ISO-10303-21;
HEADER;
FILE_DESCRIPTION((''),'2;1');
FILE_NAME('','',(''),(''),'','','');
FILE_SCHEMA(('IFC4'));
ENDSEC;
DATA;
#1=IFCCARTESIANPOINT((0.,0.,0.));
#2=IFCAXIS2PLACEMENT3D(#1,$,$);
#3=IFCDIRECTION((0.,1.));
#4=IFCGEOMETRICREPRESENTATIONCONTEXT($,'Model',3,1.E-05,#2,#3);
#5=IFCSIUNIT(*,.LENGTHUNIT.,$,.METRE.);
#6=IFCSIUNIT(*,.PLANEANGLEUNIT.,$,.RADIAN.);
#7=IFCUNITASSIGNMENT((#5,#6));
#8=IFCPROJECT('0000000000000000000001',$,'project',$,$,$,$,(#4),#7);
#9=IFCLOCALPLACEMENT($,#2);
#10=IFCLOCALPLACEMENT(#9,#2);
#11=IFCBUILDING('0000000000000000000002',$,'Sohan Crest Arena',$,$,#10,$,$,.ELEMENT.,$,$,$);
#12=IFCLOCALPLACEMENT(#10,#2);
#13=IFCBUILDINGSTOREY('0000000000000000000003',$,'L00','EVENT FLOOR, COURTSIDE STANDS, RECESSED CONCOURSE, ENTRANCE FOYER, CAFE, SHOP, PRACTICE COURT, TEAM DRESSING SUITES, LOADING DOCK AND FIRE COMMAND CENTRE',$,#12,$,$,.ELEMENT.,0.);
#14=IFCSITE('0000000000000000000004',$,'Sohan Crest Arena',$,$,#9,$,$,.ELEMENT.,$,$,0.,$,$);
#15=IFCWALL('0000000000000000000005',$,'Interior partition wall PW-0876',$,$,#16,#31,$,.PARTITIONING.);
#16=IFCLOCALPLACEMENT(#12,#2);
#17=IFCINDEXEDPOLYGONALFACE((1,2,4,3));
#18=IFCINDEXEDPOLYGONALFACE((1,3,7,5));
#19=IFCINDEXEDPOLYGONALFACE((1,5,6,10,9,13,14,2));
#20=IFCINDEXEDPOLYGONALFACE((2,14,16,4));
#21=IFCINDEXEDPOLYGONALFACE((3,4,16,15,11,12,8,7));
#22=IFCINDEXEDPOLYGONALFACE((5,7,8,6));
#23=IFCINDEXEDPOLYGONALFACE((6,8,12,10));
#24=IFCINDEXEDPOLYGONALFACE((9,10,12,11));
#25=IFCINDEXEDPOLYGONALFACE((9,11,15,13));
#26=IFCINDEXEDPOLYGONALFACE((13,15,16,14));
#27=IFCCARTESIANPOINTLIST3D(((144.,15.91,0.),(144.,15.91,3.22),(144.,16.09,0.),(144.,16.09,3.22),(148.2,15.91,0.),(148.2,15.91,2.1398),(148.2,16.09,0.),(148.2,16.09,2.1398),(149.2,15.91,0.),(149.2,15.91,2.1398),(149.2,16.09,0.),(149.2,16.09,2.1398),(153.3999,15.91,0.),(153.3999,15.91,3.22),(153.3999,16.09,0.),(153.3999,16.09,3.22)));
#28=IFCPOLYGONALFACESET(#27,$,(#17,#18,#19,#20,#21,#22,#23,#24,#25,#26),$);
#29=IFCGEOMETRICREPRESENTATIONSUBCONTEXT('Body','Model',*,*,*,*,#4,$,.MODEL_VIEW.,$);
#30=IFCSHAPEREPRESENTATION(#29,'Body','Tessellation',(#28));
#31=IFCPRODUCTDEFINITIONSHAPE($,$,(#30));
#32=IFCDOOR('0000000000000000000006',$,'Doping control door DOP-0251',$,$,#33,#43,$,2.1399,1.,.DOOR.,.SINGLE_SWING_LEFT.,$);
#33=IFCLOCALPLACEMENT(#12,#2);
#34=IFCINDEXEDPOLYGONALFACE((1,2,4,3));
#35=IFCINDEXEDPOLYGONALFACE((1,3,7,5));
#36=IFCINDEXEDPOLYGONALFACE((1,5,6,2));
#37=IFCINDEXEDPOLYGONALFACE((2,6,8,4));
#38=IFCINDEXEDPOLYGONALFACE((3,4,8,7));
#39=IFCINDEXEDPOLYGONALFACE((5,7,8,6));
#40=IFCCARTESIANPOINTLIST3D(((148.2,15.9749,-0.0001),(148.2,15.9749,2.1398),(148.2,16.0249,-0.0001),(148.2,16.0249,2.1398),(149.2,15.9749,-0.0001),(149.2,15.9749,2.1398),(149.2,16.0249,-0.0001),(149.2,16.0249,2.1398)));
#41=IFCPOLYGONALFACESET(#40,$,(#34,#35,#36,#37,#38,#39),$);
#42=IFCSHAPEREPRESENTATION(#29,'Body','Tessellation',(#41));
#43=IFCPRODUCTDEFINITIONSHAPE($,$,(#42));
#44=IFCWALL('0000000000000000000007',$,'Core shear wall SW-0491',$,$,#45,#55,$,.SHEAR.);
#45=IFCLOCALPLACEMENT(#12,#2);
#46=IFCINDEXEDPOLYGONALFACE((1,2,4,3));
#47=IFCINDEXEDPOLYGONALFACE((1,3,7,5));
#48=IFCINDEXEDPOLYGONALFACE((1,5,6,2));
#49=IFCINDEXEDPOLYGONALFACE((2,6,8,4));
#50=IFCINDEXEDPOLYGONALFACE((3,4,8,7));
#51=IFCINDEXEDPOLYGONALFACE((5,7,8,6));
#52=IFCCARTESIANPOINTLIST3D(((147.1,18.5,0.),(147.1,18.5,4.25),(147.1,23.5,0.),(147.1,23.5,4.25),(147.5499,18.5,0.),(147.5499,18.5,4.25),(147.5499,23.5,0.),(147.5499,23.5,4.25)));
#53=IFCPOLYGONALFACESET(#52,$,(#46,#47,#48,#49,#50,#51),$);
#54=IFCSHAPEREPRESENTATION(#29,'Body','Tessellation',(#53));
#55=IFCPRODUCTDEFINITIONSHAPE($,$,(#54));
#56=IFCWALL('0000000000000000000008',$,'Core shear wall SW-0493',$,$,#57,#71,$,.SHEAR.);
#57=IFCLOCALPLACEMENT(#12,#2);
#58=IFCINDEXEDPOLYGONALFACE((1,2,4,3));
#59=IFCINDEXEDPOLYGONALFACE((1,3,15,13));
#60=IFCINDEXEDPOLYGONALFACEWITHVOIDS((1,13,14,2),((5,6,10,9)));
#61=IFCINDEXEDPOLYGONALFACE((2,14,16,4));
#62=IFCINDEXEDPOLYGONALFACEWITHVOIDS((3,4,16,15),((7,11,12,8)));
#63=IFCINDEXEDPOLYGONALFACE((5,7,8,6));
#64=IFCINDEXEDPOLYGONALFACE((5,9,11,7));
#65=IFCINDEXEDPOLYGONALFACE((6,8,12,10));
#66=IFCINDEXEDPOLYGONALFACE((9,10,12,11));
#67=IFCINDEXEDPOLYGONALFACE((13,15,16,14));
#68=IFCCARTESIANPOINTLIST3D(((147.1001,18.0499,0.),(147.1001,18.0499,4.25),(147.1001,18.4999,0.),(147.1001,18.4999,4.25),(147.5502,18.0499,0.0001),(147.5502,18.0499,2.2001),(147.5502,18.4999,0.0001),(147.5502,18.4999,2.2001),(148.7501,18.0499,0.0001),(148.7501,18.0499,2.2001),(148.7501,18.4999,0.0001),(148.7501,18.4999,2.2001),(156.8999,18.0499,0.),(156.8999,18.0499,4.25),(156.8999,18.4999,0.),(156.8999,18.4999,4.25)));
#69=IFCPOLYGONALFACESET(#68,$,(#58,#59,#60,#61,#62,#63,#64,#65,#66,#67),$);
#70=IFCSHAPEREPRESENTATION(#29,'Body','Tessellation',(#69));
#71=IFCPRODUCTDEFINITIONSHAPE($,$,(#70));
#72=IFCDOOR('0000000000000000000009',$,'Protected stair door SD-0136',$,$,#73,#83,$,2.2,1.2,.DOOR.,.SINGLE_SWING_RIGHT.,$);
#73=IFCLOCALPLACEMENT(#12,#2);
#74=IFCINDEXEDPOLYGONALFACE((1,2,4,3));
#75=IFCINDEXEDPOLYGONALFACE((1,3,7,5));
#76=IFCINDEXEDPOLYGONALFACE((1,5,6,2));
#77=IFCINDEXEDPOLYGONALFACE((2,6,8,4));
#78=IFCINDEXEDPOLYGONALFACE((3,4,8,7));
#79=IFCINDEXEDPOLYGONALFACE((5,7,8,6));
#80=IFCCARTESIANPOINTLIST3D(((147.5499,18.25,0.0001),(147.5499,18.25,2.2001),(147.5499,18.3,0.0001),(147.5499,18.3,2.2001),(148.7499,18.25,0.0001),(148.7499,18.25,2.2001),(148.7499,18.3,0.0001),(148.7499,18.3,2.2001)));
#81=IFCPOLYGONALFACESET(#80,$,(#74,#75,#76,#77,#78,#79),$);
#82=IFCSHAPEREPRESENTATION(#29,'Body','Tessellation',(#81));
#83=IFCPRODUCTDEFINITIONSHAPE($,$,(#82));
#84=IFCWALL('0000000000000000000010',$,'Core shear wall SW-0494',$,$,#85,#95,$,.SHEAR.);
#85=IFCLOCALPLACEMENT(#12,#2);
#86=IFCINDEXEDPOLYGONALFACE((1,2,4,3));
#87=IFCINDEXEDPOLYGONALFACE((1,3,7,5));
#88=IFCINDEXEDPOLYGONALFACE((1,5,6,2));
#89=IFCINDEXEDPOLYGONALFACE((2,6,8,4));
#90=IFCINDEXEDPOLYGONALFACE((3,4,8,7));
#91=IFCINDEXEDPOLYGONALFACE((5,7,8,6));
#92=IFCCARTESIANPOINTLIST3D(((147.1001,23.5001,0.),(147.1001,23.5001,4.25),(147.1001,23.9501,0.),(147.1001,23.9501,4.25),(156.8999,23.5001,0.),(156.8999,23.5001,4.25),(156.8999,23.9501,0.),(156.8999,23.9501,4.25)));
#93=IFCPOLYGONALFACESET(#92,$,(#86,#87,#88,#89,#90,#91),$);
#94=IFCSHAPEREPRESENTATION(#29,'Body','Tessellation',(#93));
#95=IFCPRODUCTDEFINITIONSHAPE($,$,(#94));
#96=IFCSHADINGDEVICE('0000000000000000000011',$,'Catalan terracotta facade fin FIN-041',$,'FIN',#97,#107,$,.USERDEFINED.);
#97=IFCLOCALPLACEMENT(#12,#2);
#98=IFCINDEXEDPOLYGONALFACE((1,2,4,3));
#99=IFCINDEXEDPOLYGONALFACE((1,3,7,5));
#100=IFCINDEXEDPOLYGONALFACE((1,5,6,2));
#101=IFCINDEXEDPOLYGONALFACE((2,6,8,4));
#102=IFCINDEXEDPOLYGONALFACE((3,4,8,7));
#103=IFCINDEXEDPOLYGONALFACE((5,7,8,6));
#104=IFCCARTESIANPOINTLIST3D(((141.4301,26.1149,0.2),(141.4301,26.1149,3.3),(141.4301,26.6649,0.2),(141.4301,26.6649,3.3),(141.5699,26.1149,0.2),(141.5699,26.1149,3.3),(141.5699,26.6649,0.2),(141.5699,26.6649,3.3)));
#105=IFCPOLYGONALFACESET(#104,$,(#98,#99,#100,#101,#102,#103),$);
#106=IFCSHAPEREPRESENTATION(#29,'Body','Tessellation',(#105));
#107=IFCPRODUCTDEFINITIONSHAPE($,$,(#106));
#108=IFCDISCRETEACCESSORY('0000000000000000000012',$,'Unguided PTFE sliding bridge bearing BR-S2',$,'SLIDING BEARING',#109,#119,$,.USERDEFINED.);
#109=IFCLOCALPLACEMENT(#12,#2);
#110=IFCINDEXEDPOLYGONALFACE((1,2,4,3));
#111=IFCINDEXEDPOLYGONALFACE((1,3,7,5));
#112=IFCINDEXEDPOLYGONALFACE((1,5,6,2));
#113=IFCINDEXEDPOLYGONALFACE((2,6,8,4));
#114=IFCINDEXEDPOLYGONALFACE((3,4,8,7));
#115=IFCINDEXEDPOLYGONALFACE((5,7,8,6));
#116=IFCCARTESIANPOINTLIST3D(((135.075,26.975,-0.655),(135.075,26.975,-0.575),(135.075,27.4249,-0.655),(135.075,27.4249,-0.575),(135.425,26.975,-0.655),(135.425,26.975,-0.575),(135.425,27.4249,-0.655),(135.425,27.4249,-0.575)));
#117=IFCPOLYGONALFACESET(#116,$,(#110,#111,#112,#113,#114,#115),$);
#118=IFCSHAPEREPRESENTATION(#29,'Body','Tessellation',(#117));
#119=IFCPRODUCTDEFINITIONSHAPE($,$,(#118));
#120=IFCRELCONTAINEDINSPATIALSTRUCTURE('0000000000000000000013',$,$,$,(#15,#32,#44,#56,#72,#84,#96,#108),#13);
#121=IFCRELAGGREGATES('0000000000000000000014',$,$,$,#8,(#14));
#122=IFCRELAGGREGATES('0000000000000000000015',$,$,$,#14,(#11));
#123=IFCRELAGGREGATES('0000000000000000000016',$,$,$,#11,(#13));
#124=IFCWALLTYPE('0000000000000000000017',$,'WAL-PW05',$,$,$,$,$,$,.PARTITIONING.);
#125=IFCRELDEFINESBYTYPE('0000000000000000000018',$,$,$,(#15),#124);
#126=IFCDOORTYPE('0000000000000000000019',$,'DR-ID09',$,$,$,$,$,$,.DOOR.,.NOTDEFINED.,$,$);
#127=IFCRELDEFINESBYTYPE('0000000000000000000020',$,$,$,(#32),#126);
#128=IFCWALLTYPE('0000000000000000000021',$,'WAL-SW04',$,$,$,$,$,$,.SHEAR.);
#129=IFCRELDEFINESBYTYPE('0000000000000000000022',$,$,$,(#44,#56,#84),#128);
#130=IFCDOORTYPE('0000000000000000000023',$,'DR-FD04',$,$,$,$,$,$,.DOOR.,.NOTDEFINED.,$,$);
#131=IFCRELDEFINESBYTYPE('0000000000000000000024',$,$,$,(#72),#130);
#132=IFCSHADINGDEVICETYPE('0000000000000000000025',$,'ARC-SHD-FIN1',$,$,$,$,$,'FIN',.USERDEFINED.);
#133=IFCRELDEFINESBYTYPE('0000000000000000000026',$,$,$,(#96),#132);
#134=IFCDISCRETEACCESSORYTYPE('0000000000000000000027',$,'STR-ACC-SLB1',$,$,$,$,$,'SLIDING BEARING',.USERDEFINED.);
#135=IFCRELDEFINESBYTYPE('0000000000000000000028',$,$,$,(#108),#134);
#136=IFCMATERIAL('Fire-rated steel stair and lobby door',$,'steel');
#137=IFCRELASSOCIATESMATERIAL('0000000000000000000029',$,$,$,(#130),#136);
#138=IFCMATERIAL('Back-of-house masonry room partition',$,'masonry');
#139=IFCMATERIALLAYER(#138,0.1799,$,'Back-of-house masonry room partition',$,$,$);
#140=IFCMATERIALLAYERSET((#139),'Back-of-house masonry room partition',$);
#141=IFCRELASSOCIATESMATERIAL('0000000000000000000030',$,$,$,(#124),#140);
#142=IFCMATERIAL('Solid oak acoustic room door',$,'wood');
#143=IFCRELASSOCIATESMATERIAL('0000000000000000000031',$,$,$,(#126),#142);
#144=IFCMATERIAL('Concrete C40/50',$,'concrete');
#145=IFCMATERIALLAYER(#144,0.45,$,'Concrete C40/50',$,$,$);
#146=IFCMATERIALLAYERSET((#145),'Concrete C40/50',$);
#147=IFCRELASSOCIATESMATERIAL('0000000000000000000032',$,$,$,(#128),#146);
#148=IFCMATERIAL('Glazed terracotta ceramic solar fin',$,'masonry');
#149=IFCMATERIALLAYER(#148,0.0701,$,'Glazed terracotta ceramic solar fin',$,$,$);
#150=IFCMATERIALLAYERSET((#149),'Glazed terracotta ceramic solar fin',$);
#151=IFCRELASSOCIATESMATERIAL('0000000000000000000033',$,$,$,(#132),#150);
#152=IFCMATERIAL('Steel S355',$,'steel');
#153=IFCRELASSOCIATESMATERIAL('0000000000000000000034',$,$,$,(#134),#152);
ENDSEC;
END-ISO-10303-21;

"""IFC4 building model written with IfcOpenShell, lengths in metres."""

from ifc_helpers import new_model, si_unit, direction, frame, frame_2d, origin, origin_2d, place, context, subcontext, project, spatial, rectangle, extrude, material, layer, layer_set, type_object, element, fill, save


model = new_model("IFC4")

# Units and contexts
model_context = context("Model", 3, precision=1e-05, world=origin(), true_north=direction((0.0, 1.0)))
body_context = subcontext(model_context, "Body", "Model", "MODEL_VIEW")
ifc_project = project(units=[si_unit("LENGTHUNIT", "METRE"), si_unit("PLANEANGLEUNIT", "RADIAN")], contexts=[model_context])

# Site, building, storey
site_placement = place(None, origin())
site = spatial("IfcSite", under=ifc_project, at=site_placement, Name="Sohan Crest Arena", CompositionType="ELEMENT", RefElevation=0.0)
building_placement = place(site_placement, origin())
building = spatial("IfcBuilding", under=site, at=building_placement, Name="Sohan Crest Arena", CompositionType="ELEMENT")
storey_placement = place(building_placement, origin())
storey = spatial("IfcBuildingStorey", under=building, at=storey_placement, Name="L00", Description="EVENT FLOOR, COURTSIDE STANDS, RECESSED CONCOURSE, ENTRANCE FOYER, CAFE, SHOP, PRACTICE COURT, TEAM DRESSING SUITES, LOADING DOCK AND FIRE COMMAND CENTRE", CompositionType="ELEMENT", Elevation=0.0)

# Shared definitions
ifc_material_1 = material(Name="Steel S355", Category="steel")

# Shared definitions
ifc_material_2 = material(Name="Fire-rated steel stair and lobby door", Category="steel")
door_type_1 = type_object("IfcDoorType", Name="DR-FD04", OperationType="NOTDEFINED", PredefinedType="DOOR", material=ifc_material_2)
ifc_material_3 = material(Name="Back-of-house masonry room partition", Category="masonry")
ifc_layer_1 = layer(ifc_material_3, 0.1799, Name="Back-of-house masonry room partition")
ifc_layer_set_1 = layer_set([ifc_layer_1], Name="Back-of-house masonry room partition")
wall_type_1 = type_object("IfcWallType", Name="WAL-PW05", PredefinedType="PARTITIONING", material=ifc_layer_set_1)

# Wall, opening, door
wall_1_placement = place(storey_placement, frame((144.0, 16.0, 0.0), z_axis=(0.0, 0.0, 1.0), x_axis=(1.0, 0.0, 0.0)))
wall_1 = element("IfcWall", 1, at=wall_1_placement, inside=storey, type_object=wall_type_1, Name="Interior partition wall PW-0876", PredefinedType="PARTITIONING", context=body_context, shape_type="SweptSolid", body=[
    extrude(rectangle(XDim=9.3999, YDim=0.1799, at=frame_2d((4.7, 0.0))), origin(), (0.0, 0.0, 1.0), 3.22),
])
opening_1_placement = place(wall_1_placement, frame((4.2, 0.0, 0.0)))
opening_1 = element("IfcOpeningElement", 2, at=opening_1_placement, cuts=wall_1, PredefinedType="OPENING", context=body_context, shape_type="SweptSolid", body=[
    extrude(rectangle(XDim=1.0, YDim=2.1399, at=frame_2d((0.5, 1.0698))), frame((0.0, 0.0999, 0.0), z_axis=(0.0, -1.0, 0.0), x_axis=(1.0, 0.0, 0.0)), (0.0, 0.0, 1.0), 0.2),
])
ifc_material_4 = material(Name="Solid oak acoustic room door", Category="wood")
door_type_2 = type_object("IfcDoorType", Name="DR-ID09", OperationType="NOTDEFINED", PredefinedType="DOOR", material=ifc_material_4)
door_1_placement = place(opening_1_placement, origin())
door_1 = element("IfcDoor", 3, at=door_1_placement, inside=storey, type_object=door_type_2, Name="Doping control door DOP-0251", OperationType="SINGLE_SWING_LEFT", OverallHeight=2.1399, OverallWidth=1.0, PredefinedType="DOOR", context=body_context, shape_type="SweptSolid", body=[
    extrude(rectangle(XDim=1.0, YDim=2.1399, at=frame_2d((0.5, 1.0698))), frame((0.0, 0.0249, 0.0), z_axis=(0.0, -1.0, 0.0), x_axis=(1.0, 0.0, 0.0)), (0.0, 0.0, 1.0), 0.05),
])
fill(opening_1, door_1)

# Wall
ifc_material_5 = material(Name="Concrete C40/50", Category="concrete")
ifc_layer_2 = layer(ifc_material_5, 0.45, Name="Concrete C40/50")
ifc_layer_set_2 = layer_set([ifc_layer_2], Name="Concrete C40/50")
wall_type_2 = type_object("IfcWallType", Name="WAL-SW04", PredefinedType="SHEAR", material=ifc_layer_set_2)
wall_2_placement = place(storey_placement, frame((147.325, 18.5, 0.0), z_axis=(0.0, 0.0, 1.0), x_axis=(0.0, 1.0, 0.0)))
element("IfcWall", 4, at=wall_2_placement, inside=storey, type_object=wall_type_2, Name="Core shear wall SW-0491", PredefinedType="SHEAR", context=body_context, shape_type="SweptSolid", body=[
    extrude(rectangle(XDim=5.0, YDim=0.45, at=frame_2d((2.5, 0.0))), origin(), (0.0, 0.0, 1.0), 4.25),
])

# Wall, opening, door
wall_3_placement = place(storey_placement, frame((147.1001, 18.2749, 0.0), z_axis=(0.0, 0.0, 1.0), x_axis=(1.0, 0.0, 0.0)))
wall_3 = element("IfcWall", 5, at=wall_3_placement, inside=storey, type_object=wall_type_2, Name="Core shear wall SW-0493", PredefinedType="SHEAR", context=body_context, shape_type="SweptSolid", body=[
    extrude(rectangle(XDim=9.7998, YDim=0.45, at=frame_2d((4.8999, 0.0))), origin(), (0.0, 0.0, 1.0), 4.25),
])
opening_2_placement = place(wall_3_placement, frame((0.45, 0.0, 0.0)))
opening_2 = element("IfcOpeningElement", 6, at=opening_2_placement, cuts=wall_3, PredefinedType="OPENING", context=body_context, shape_type="SweptSolid", body=[
    extrude(rectangle(XDim=1.2, YDim=2.2, at=frame_2d((0.6001, 1.1001))), frame((0.0, 0.2349, 0.0), z_axis=(0.0, -1.0, 0.0), x_axis=(1.0, 0.0, 0.0)), (0.0, 0.0, 1.0), 0.47),
])
door_2_placement = place(opening_2_placement, frame((1.2, 0.0, 0.0), z_axis=(0.0, 0.0, 1.0), x_axis=(-1.0, 0.0, 0.0)))
door_2 = element("IfcDoor", 7, at=door_2_placement, inside=storey, type_object=door_type_1, Name="Protected stair door SD-0136", OperationType="SINGLE_SWING_RIGHT", OverallHeight=2.2, OverallWidth=1.2, PredefinedType="DOOR", context=body_context, shape_type="SweptSolid", body=[
    extrude(rectangle(XDim=1.2, YDim=2.2, at=frame_2d((0.6001, 1.1001))), frame((0.0, 0.0249, 0.0), z_axis=(0.0, -1.0, 0.0), x_axis=(1.0, 0.0, 0.0)), (0.0, 0.0, 1.0), 0.05),
])
fill(opening_2, door_2)

# Wall
wall_4_placement = place(storey_placement, frame((147.1001, 23.7251, 0.0), z_axis=(0.0, 0.0, 1.0), x_axis=(1.0, 0.0, 0.0)))
element("IfcWall", 8, at=wall_4_placement, inside=storey, type_object=wall_type_2, Name="Core shear wall SW-0494", PredefinedType="SHEAR", context=body_context, shape_type="SweptSolid", body=[
    extrude(rectangle(XDim=9.7998, YDim=0.45, at=frame_2d((4.8999, 0.0))), origin(), (0.0, 0.0, 1.0), 4.25),
])

# Shading device
ifc_material_6 = material(Name="Glazed terracotta ceramic solar fin", Category="masonry")
ifc_layer_3 = layer(ifc_material_6, 0.0701, Name="Glazed terracotta ceramic solar fin")
ifc_layer_set_3 = layer_set([ifc_layer_3], Name="Glazed terracotta ceramic solar fin")
shading_device_type = type_object("IfcShadingDeviceType", Name="ARC-SHD-FIN1", ElementType="FIN", PredefinedType="USERDEFINED", material=ifc_layer_set_3)
shading_device_placement = place(storey_placement, frame((141.5, 26.3899, 0.2), z_axis=(0.0, 0.0, 1.0), x_axis=(-1.0, 0.0, 0.0)))
element("IfcShadingDevice", 9, at=shading_device_placement, inside=storey, type_object=shading_device_type, Name="Catalan terracotta facade fin FIN-041", ObjectType="FIN", PredefinedType="USERDEFINED", context=body_context, shape_type="SweptSolid", body=[
    extrude(rectangle(XDim=0.1399, YDim=0.55, at=origin_2d()), origin(), (0.0, 0.0, 1.0), 3.1001),
])

# Discrete accessory
discrete_accessory_type = type_object("IfcDiscreteAccessoryType", Name="STR-ACC-SLB1", ElementType="SLIDING BEARING", PredefinedType="USERDEFINED", material=ifc_material_1)
discrete_accessory_placement = place(storey_placement, frame((135.25, 27.2, -0.655), z_axis=(0.0, 0.0, 1.0), x_axis=(1.0, 0.0, 0.0)))
element("IfcDiscreteAccessory", 10, at=discrete_accessory_placement, inside=storey, type_object=discrete_accessory_type, Name="Unguided PTFE sliding bridge bearing BR-S2", ObjectType="SLIDING BEARING", PredefinedType="USERDEFINED", context=body_context, shape_type="SweptSolid", body=[
    extrude(rectangle(XDim=0.3501, YDim=0.45, at=origin_2d()), origin(), (0.0, 0.0, 1.0), 0.0801),
])

save(model, "model.ifc")
